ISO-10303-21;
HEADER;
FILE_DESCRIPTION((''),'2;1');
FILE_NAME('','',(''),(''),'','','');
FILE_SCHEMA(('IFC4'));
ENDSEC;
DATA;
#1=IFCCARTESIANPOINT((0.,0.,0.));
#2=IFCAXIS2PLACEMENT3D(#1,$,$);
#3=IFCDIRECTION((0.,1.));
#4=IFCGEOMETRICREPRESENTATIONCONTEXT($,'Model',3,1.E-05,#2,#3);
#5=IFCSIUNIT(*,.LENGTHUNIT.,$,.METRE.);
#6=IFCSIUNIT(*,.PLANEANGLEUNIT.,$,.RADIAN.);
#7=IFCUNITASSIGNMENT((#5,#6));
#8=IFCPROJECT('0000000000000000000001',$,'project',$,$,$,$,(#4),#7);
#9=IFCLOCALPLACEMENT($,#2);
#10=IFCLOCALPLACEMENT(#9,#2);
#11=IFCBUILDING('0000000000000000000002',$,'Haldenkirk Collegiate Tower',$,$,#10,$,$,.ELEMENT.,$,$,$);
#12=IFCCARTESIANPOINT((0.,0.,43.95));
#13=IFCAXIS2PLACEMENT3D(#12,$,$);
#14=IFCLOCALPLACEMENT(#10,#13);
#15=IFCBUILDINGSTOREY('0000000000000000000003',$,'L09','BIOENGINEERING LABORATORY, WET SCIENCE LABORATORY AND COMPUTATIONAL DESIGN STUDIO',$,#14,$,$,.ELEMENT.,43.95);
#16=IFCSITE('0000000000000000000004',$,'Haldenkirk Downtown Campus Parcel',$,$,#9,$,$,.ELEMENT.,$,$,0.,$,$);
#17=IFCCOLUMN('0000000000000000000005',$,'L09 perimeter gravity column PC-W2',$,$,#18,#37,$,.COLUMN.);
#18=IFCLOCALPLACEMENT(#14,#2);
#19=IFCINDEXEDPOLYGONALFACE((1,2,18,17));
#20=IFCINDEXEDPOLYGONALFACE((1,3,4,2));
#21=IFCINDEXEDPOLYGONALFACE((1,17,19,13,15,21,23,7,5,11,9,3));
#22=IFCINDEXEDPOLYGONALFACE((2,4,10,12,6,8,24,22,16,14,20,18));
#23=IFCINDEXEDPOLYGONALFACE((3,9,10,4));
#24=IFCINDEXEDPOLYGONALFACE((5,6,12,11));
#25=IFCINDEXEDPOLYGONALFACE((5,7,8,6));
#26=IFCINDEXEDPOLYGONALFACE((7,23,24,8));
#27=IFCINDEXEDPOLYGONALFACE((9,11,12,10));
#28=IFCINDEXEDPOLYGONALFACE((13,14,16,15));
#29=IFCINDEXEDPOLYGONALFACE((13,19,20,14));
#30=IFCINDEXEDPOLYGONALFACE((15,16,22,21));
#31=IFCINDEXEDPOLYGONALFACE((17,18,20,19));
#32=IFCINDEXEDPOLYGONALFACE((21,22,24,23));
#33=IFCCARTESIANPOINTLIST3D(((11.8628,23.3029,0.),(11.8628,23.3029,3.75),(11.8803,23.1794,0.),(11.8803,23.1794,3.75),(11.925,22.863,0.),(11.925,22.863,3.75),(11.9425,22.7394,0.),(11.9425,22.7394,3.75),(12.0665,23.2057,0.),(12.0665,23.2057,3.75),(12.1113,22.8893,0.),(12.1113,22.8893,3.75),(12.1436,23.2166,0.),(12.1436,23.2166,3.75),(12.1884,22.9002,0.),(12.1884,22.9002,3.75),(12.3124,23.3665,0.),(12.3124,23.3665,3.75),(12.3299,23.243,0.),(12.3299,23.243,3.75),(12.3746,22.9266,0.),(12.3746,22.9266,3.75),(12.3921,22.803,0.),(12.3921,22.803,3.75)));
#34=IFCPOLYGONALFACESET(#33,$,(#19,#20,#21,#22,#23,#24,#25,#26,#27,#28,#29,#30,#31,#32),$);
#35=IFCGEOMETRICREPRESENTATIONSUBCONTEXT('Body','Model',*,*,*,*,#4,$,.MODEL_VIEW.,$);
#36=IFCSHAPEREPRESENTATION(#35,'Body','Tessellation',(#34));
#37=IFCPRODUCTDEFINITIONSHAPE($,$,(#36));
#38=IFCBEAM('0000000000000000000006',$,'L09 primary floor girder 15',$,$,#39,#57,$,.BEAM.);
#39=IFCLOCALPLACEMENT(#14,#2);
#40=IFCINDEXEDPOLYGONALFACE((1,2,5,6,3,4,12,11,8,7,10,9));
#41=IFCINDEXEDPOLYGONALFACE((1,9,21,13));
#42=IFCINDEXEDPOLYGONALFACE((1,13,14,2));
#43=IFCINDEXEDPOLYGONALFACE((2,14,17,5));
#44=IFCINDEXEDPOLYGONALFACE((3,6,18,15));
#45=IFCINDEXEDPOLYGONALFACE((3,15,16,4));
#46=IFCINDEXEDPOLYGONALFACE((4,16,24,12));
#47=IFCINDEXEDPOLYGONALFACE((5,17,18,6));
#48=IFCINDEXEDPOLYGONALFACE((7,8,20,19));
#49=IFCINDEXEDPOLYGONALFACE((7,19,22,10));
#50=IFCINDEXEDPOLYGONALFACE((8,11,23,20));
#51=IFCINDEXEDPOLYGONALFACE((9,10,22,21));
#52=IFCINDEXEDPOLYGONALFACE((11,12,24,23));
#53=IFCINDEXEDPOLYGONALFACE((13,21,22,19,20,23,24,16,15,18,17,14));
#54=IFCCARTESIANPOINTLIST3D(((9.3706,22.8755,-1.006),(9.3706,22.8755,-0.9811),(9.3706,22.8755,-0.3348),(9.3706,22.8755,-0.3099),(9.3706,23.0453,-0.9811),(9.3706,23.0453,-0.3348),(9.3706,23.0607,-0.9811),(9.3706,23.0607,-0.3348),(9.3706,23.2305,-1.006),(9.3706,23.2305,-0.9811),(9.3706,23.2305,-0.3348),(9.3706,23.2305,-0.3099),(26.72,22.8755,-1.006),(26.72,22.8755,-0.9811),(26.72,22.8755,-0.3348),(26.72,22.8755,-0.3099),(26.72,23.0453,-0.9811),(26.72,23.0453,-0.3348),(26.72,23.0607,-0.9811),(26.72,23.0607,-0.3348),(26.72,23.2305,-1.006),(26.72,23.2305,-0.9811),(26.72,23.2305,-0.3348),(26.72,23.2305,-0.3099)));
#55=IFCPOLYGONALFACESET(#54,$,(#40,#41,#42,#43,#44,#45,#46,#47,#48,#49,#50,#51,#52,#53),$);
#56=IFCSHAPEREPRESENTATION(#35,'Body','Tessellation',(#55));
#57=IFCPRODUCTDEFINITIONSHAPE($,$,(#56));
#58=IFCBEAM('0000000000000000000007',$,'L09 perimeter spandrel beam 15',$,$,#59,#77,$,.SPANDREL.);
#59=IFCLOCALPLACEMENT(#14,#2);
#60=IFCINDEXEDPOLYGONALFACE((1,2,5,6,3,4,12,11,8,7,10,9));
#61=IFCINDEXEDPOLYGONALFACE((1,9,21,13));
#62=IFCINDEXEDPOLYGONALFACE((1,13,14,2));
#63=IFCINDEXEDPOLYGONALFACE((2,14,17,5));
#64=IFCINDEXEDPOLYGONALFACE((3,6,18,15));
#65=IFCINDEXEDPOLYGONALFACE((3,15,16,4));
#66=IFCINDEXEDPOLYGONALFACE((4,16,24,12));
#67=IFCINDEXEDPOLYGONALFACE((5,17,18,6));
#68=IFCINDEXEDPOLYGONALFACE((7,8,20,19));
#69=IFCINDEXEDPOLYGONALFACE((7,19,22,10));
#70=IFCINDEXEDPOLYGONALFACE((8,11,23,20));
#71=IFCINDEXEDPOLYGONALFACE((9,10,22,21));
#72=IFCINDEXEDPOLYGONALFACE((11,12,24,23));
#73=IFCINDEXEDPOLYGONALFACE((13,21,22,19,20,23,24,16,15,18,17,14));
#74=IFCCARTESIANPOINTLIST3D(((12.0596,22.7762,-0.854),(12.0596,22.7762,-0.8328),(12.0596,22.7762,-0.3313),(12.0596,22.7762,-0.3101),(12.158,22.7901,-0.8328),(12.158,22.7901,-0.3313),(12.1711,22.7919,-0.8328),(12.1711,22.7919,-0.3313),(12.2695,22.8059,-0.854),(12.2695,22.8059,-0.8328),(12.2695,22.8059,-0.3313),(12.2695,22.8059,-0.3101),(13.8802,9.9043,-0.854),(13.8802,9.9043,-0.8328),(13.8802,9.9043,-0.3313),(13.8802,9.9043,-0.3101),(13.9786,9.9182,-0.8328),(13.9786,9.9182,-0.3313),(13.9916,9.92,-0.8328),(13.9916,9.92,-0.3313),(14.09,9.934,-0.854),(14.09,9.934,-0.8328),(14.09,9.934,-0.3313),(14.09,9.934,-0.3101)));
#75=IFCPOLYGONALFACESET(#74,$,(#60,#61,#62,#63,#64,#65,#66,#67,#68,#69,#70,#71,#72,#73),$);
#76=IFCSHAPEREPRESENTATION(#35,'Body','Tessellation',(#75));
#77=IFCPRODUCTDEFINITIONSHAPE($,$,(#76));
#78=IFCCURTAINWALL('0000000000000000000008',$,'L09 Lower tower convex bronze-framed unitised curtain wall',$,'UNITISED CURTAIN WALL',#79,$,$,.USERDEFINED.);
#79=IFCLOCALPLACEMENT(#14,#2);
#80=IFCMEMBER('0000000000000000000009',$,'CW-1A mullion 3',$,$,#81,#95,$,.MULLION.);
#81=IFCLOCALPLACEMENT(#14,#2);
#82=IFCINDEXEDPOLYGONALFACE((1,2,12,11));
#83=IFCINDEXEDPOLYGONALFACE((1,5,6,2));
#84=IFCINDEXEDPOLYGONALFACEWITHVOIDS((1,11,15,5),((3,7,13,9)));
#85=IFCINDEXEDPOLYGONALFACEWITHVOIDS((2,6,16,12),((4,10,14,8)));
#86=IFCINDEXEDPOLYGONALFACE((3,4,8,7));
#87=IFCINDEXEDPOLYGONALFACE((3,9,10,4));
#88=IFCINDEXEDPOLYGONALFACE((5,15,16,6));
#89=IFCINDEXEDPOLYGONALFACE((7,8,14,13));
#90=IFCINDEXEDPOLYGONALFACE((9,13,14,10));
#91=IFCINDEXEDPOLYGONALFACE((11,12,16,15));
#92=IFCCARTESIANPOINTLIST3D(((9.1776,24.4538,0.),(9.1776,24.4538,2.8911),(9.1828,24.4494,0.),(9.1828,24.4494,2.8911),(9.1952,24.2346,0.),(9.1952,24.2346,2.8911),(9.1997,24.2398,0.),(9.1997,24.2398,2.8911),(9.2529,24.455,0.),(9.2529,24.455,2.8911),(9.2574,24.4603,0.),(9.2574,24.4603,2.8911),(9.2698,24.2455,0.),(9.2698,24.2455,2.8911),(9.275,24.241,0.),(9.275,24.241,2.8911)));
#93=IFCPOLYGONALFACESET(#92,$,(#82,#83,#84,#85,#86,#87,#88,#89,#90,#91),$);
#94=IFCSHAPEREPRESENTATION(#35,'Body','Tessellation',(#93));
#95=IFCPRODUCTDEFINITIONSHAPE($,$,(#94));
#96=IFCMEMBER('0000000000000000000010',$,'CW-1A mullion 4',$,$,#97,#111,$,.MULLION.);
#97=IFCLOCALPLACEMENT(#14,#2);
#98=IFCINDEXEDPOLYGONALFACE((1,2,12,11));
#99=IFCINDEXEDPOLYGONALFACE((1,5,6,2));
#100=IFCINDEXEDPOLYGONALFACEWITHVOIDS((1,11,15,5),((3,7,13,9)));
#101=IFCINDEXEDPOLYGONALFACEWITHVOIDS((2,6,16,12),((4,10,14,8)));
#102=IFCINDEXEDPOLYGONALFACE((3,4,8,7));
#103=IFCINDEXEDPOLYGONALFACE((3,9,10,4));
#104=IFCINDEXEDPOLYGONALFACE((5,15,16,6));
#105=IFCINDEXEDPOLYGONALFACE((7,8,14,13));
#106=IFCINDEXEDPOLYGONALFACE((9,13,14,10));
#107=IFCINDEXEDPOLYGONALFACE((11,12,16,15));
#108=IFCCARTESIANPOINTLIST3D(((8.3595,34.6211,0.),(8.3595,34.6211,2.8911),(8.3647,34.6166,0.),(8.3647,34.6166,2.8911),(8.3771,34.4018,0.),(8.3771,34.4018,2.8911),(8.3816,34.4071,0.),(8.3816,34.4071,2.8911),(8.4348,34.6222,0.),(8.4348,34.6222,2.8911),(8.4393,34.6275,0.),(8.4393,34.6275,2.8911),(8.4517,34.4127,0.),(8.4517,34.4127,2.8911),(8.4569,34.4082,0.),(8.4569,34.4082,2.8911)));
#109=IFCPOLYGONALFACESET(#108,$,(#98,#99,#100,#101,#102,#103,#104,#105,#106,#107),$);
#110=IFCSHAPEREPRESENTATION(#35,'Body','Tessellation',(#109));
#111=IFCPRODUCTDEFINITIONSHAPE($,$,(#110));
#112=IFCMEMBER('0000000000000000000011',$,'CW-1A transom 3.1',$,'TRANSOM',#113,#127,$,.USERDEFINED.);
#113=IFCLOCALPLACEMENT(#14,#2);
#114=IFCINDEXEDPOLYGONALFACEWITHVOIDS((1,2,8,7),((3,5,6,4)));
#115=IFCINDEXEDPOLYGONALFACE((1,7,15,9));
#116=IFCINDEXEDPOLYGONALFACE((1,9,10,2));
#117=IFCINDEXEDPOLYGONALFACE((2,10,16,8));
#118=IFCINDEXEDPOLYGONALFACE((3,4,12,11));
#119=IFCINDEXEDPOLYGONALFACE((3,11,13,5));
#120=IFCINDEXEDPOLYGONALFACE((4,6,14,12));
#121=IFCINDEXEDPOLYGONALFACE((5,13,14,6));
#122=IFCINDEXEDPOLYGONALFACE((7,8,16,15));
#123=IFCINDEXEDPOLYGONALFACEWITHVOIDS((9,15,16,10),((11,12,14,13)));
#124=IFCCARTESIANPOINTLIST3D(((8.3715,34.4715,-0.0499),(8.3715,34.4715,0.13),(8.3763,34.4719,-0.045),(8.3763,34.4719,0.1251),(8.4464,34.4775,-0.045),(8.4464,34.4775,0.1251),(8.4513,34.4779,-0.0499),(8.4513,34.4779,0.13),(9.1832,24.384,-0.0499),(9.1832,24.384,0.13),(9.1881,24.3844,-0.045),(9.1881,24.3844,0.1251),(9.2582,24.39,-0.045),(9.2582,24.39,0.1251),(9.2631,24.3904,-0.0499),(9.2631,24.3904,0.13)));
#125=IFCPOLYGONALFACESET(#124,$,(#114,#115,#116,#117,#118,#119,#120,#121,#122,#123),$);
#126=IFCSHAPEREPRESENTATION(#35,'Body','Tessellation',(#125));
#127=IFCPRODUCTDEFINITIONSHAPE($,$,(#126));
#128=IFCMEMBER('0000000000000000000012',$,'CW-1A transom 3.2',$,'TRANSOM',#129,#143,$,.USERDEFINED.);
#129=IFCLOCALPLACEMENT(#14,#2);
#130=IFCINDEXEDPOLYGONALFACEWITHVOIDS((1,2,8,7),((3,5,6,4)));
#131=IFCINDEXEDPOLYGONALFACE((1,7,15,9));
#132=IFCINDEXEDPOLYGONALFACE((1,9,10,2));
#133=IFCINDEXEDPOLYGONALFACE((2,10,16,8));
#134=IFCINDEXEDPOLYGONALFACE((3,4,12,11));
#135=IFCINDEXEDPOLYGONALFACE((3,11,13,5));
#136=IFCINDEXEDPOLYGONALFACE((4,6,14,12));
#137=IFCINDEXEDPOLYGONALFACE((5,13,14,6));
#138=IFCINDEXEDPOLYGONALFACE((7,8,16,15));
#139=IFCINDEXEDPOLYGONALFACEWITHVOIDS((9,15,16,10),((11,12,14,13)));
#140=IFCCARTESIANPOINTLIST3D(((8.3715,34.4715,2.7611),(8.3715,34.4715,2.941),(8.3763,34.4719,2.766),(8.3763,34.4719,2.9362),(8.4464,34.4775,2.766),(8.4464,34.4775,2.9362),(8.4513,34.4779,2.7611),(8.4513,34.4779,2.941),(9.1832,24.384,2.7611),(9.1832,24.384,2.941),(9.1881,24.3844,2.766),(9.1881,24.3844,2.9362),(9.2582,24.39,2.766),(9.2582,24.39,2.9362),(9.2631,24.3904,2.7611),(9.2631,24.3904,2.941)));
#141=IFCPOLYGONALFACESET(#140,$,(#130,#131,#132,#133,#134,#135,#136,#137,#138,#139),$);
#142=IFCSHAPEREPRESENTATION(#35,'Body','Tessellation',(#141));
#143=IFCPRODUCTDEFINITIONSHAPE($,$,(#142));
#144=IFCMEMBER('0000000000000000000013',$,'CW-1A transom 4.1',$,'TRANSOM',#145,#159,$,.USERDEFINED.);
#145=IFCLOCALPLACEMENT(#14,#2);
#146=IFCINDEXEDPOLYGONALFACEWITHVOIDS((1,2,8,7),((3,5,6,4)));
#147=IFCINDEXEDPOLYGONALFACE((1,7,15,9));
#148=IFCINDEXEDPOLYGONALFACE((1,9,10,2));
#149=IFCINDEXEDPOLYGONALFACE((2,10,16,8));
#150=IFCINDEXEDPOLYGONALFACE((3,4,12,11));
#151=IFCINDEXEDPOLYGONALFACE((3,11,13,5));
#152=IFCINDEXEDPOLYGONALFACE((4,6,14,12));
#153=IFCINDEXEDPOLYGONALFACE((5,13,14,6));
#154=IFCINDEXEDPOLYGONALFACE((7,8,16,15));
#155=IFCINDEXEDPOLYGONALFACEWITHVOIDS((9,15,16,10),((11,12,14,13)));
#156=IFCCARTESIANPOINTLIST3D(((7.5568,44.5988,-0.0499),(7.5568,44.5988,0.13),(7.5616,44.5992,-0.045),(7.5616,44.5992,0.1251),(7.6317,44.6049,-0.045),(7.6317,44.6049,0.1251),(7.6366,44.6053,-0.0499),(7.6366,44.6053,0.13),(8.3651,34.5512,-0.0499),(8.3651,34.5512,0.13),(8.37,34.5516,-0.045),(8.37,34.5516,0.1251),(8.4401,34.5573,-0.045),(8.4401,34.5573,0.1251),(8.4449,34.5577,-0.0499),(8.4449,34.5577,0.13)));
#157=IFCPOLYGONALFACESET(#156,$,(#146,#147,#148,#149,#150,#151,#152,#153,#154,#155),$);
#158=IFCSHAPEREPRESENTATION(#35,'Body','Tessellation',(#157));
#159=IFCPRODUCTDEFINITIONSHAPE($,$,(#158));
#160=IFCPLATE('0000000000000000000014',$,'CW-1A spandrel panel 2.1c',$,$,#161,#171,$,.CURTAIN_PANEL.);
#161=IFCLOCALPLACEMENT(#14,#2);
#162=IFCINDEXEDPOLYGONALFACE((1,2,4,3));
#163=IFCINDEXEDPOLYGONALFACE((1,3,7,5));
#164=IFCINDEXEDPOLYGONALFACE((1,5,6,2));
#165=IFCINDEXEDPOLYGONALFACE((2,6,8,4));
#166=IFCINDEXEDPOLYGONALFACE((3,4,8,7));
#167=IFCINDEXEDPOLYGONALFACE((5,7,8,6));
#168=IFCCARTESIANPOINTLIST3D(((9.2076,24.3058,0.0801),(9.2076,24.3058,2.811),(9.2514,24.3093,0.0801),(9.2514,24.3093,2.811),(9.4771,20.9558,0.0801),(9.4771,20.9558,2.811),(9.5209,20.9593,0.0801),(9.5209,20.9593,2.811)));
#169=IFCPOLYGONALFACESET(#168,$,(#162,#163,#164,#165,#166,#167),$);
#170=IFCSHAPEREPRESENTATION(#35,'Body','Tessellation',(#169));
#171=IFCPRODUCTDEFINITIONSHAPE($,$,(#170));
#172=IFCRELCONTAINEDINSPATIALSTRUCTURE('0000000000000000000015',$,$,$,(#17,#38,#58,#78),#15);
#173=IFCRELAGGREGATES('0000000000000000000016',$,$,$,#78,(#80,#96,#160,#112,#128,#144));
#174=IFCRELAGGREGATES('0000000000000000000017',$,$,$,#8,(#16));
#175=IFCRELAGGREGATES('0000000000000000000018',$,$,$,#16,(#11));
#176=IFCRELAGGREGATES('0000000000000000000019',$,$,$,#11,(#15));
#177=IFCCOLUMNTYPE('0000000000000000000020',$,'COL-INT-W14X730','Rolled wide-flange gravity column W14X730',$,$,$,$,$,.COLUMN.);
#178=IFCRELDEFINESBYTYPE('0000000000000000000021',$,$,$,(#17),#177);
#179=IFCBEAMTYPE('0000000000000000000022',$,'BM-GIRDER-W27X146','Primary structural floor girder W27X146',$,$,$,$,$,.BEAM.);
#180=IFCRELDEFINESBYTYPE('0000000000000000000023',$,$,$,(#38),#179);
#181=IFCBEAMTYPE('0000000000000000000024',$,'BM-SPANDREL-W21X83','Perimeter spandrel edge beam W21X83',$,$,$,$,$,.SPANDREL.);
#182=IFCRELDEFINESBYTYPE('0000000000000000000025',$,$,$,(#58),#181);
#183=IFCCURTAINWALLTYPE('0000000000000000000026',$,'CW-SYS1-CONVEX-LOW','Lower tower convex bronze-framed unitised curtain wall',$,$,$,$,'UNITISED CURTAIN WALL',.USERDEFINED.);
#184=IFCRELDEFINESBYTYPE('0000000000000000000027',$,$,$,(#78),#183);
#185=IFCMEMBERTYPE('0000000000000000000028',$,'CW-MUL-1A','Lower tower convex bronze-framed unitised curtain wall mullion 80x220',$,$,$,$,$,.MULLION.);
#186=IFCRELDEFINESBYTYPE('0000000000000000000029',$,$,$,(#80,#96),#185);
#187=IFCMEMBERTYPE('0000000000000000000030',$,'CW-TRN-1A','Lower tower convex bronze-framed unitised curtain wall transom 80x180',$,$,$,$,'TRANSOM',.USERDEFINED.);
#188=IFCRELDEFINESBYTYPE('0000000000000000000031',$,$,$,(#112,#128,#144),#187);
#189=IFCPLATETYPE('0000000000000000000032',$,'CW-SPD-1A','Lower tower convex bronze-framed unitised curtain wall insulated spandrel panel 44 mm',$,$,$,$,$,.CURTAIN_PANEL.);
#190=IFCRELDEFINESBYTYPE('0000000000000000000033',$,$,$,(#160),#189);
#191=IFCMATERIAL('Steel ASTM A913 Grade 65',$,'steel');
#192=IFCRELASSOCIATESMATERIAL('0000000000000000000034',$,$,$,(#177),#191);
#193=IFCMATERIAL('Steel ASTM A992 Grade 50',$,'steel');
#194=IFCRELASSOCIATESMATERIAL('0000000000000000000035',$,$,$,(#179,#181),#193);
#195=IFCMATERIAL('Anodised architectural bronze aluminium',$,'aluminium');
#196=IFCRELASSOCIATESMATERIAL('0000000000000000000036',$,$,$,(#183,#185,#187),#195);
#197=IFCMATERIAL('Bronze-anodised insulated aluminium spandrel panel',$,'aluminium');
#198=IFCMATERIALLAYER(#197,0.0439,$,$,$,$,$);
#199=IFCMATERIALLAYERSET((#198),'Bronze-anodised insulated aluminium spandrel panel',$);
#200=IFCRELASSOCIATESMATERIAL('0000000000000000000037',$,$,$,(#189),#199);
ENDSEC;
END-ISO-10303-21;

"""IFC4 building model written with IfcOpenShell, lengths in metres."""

from ifc_helpers import new_model, si_unit, direction, frame, origin, origin_2d, place, context, subcontext, project, spatial, rectangle, hollow_rectangle, i_section, extrude, source, transform, mapped, material, layer, layer_set, material_profile, profile_set, type_object, element, aggregate, save


model = new_model("IFC4")

# Units and contexts
model_context = context("Model", 3, precision=1e-05, world=origin(), true_north=direction((0.0, 1.0)))
body_context = subcontext(model_context, "Body", "Model", "MODEL_VIEW")
ifc_project = project(units=[si_unit("LENGTHUNIT", "METRE"), si_unit("PLANEANGLEUNIT", "RADIAN")], contexts=[model_context])

# Site, building, storey
site_placement = place(None, origin())
site = spatial("IfcSite", under=ifc_project, at=site_placement, Name="Haldenkirk Downtown Campus Parcel", CompositionType="ELEMENT", RefElevation=0.0)
building_placement = place(site_placement, origin())
building = spatial("IfcBuilding", under=site, at=building_placement, Name="Haldenkirk Collegiate Tower", CompositionType="ELEMENT")
storey_placement = place(building_placement, frame((0.0, 0.0, 43.95)))
storey = spatial("IfcBuildingStorey", under=building, at=storey_placement, Name="L09", Description="BIOENGINEERING LABORATORY, WET SCIENCE LABORATORY AND COMPUTATIONAL DESIGN STUDIO", CompositionType="ELEMENT", Elevation=43.95)

# Column
ifc_material_1 = material(Name="Steel ASTM A913 Grade 65", Category="steel")
ifc_material_profile_1 = material_profile(ifc_material_1, i_section(OverallWidth=0.4541, OverallDepth=0.5691, WebThickness=0.0779, FlangeThickness=0.1248, at=origin_2d()), Name="W14X730")
ifc_profile_set_1 = profile_set([ifc_material_profile_1], Name="Steel ASTM A913 Grade 65")
column_type = type_object("IfcColumnType", Name="COL-INT-W14X730", Description="Rolled wide-flange gravity column W14X730", PredefinedType="COLUMN", material=ifc_profile_set_1)
column_placement = place(storey_placement, frame((12.1274, 23.053, 0.0), z_axis=(0.0, 0.0, 1.0), x_axis=(0.990146, 0.140037, 0.0)))
element("IfcColumn", 1, at=column_placement, inside=storey, type_object=column_type, Name="L09 perimeter gravity column PC-W2", PredefinedType="COLUMN", context=body_context, shape_type="SweptSolid", body=[
    extrude(i_section(OverallWidth=0.4541, OverallDepth=0.5691, WebThickness=0.0779, FlangeThickness=0.1248, at=origin_2d()), origin(), (0.0, 0.0, 1.0), 3.75),
])

# Beams
ifc_material_2 = material(Name="Steel ASTM A992 Grade 50", Category="steel")
ifc_material_profile_2 = material_profile(ifc_material_2, i_section(OverallWidth=0.355, OverallDepth=0.696, WebThickness=0.0154, FlangeThickness=0.0249, at=origin_2d()), Name="W27X146")
ifc_profile_set_2 = profile_set([ifc_material_profile_2], Name="Steel ASTM A992 Grade 50")
beam_type_1 = type_object("IfcBeamType", Name="BM-GIRDER-W27X146", Description="Primary structural floor girder W27X146", PredefinedType="BEAM", material=ifc_profile_set_2)
beam_1_placement = place(storey_placement, frame((9.3706, 23.053, -0.658), z_axis=(1.0, 0.0, 0.0), x_axis=(0.0, 1.0, 0.0)))
element("IfcBeam", 2, at=beam_1_placement, inside=storey, type_object=beam_type_1, Name="L09 primary floor girder 15", PredefinedType="BEAM", context=body_context, shape_type="SweptSolid", body=[
    extrude(i_section(OverallWidth=0.355, OverallDepth=0.696, WebThickness=0.0154, FlangeThickness=0.0249, at=origin_2d()), origin(), (0.0, 0.0, 1.0), 17.3494),
])
ifc_material_profile_3 = material_profile(ifc_material_2, i_section(OverallWidth=0.2119, OverallDepth=0.5439, WebThickness=0.0132, FlangeThickness=0.0212, at=origin_2d()), Name="W21X83")
ifc_profile_set_3 = profile_set([ifc_material_profile_3], Name="Steel ASTM A992 Grade 50")
beam_type_2 = type_object("IfcBeamType", Name="BM-SPANDREL-W21X83", Description="Perimeter spandrel edge beam W21X83", PredefinedType="SPANDREL", material=ifc_profile_set_3)
beam_2_placement = place(storey_placement, frame((12.1646, 22.791, -0.582), z_axis=(0.140044, -0.990145, 0.0), x_axis=(0.990145, 0.140044, 0.0)))
element("IfcBeam", 3, at=beam_2_placement, inside=storey, type_object=beam_type_2, Name="L09 perimeter spandrel beam 15", PredefinedType="SPANDREL", context=body_context, shape_type="SweptSolid", body=[
    extrude(i_section(OverallWidth=0.2119, OverallDepth=0.5439, WebThickness=0.0132, FlangeThickness=0.0212, at=origin_2d()), origin(), (0.0, 0.0, 1.0), 13.0),
])

# Curtain wall, members, plate
ifc_material_3 = material(Name="Anodised architectural bronze aluminium", Category="aluminium")
curtain_wall_type = type_object("IfcCurtainWallType", Name="CW-SYS1-CONVEX-LOW", Description="Lower tower convex bronze-framed unitised curtain wall", ElementType="UNITISED CURTAIN WALL", PredefinedType="USERDEFINED", material=ifc_material_3)
curtain_wall_placement = place(storey_placement, origin())
curtain_wall = element("IfcCurtainWall", 4, at=curtain_wall_placement, inside=storey, type_object=curtain_wall_type, Name="L09 Lower tower convex bronze-framed unitised curtain wall", ObjectType="UNITISED CURTAIN WALL", PredefinedType="USERDEFINED")
ifc_material_profile_4 = material_profile(ifc_material_3, hollow_rectangle(XDim=0.0801, YDim=0.22, WallThickness=0.0049, at=origin_2d()), Name="CW-MUL-1A")
ifc_profile_set_4 = profile_set([ifc_material_profile_4], Name="Anodised architectural bronze aluminium")
member_type_1 = type_object("IfcMemberType", Name="CW-MUL-1A", Description="Lower tower convex bronze-framed unitised curtain wall mullion 80x220", PredefinedType="MULLION", material=ifc_profile_set_4)
member_1_placement = place(storey_placement, frame((9.2263, 24.3474, 0.0), z_axis=(0.0, 0.0, 1.0), x_axis=(-0.996779, -0.080198, 0.0)))
member_1 = element("IfcMember", 5, at=member_1_placement, type_object=member_type_1, Name="CW-1A mullion 3", PredefinedType="MULLION", context=body_context, shape_type="SweptSolid", body=[
    extrude(hollow_rectangle(XDim=0.0801, YDim=0.22, WallThickness=0.0049, at=origin_2d()), origin(), (0.0, 0.0, 1.0), 2.8911),
])
member_2_placement = place(storey_placement, frame((8.4082, 34.5146, 0.0), z_axis=(0.0, 0.0, 1.0), x_axis=(-0.996779, -0.080198, 0.0)))
member_2 = element("IfcMember", 6, at=member_2_placement, type_object=member_type_1, Name="CW-1A mullion 4", PredefinedType="MULLION", context=body_context, shape_type="SweptSolid", body=[
    extrude(hollow_rectangle(XDim=0.0801, YDim=0.22, WallThickness=0.0049, at=origin_2d()), origin(), (0.0, 0.0, 1.0), 2.8911),
])
ifc_material_profile_5 = material_profile(ifc_material_3, hollow_rectangle(XDim=0.0801, YDim=0.1799, WallThickness=0.0049, at=origin_2d()), Name="CW-TRN-1A")
ifc_profile_set_5 = profile_set([ifc_material_profile_5], Name="Anodised architectural bronze aluminium")
member_type_2 = type_object("IfcMemberType", Name="CW-TRN-1A", Description="Lower tower convex bronze-framed unitised curtain wall transom 80x180", ElementType="TRANSOM", PredefinedType="USERDEFINED", material=ifc_profile_set_5)
member_3_placement = place(storey_placement, frame((9.2231, 24.3872, 0.04), z_axis=(-0.080214, 0.996778, 0.0), x_axis=(-0.996778, -0.080214, 0.0)))
member_3 = element("IfcMember", 7, at=member_3_placement, type_object=member_type_2, Name="CW-1A transom 3.1", ObjectType="TRANSOM", PredefinedType="USERDEFINED", context=body_context, shape_type="SweptSolid", body=[
    extrude(hollow_rectangle(XDim=0.0801, YDim=0.1799, WallThickness=0.0049, at=origin_2d()), origin(), (0.0, 0.0, 1.0), 10.1201),
])
member_4_placement = place(storey_placement, frame((9.2231, 24.3872, 2.8511), z_axis=(-0.080214, 0.996778, 0.0), x_axis=(-0.996778, -0.080214, 0.0)))
member_4 = element("IfcMember", 8, at=member_4_placement, type_object=member_type_2, Name="CW-1A transom 3.2", ObjectType="TRANSOM", PredefinedType="USERDEFINED", context=body_context, shape_type="SweptSolid", body=[
    extrude(hollow_rectangle(XDim=0.0801, YDim=0.1799, WallThickness=0.0049, at=origin_2d()), origin(), (0.0, 0.0, 1.0), 10.1201),
])
member_5_placement = place(storey_placement, frame((8.405, 34.5544, 0.04), z_axis=(-0.080193, 0.996779, 0.0), x_axis=(-0.996779, -0.080193, 0.0)))
member_5 = element("IfcMember", 9, at=member_5_placement, type_object=member_type_2, Name="CW-1A transom 4.1", ObjectType="TRANSOM", PredefinedType="USERDEFINED", context=body_context, shape_type="SweptSolid", body=[
    extrude(hollow_rectangle(XDim=0.0801, YDim=0.1799, WallThickness=0.0049, at=origin_2d()), origin(), (0.0, 0.0, 1.0), 10.0801),
])
ifc_material_4 = material(Name="Bronze-anodised insulated aluminium spandrel panel", Category="aluminium")
ifc_layer_1 = layer(ifc_material_4, 0.0439)
ifc_layer_set_1 = layer_set([ifc_layer_1], Name="Bronze-anodised insulated aluminium spandrel panel")
plate_type_1 = type_object("IfcPlateType", Name="CW-SPD-1A", Description="Lower tower convex bronze-framed unitised curtain wall insulated spandrel panel 44 mm", PredefinedType="CURTAIN_PANEL", material=ifc_layer_set_1)
shared_shape_1 = source(origin(), body_context, "Body", "SweptSolid", [
    extrude(rectangle(XDim=3.3608, YDim=0.0439, at=origin_2d()), origin(), (0.0, 0.0, 1.0), 2.731),
])
plate_1_placement = place(storey_placement, frame((9.3643, 22.6326, 0.0801), z_axis=(0.0, 0.0, 1.0), x_axis=(-0.080198, 0.996779, 0.0)))
plate_1 = element("IfcPlate", 10, at=plate_1_placement, type_object=plate_type_1, Name="CW-1A spandrel panel 2.1c", PredefinedType="CURTAIN_PANEL", context=body_context, shape_type="MappedRepresentation", body=[
    mapped(shared_shape_1, transform((0.0, 0.0, 0.0), x_axis=(1.0, 0.0, 0.0), y_axis=(0.0, 1.0, 0.0), z_axis=(0.0, 0.0, 1.0), scale=1.0)),
])
aggregate(curtain_wall, [member_1, member_2, plate_1, member_3, member_4, member_5])

save(model, "model.ifc")
